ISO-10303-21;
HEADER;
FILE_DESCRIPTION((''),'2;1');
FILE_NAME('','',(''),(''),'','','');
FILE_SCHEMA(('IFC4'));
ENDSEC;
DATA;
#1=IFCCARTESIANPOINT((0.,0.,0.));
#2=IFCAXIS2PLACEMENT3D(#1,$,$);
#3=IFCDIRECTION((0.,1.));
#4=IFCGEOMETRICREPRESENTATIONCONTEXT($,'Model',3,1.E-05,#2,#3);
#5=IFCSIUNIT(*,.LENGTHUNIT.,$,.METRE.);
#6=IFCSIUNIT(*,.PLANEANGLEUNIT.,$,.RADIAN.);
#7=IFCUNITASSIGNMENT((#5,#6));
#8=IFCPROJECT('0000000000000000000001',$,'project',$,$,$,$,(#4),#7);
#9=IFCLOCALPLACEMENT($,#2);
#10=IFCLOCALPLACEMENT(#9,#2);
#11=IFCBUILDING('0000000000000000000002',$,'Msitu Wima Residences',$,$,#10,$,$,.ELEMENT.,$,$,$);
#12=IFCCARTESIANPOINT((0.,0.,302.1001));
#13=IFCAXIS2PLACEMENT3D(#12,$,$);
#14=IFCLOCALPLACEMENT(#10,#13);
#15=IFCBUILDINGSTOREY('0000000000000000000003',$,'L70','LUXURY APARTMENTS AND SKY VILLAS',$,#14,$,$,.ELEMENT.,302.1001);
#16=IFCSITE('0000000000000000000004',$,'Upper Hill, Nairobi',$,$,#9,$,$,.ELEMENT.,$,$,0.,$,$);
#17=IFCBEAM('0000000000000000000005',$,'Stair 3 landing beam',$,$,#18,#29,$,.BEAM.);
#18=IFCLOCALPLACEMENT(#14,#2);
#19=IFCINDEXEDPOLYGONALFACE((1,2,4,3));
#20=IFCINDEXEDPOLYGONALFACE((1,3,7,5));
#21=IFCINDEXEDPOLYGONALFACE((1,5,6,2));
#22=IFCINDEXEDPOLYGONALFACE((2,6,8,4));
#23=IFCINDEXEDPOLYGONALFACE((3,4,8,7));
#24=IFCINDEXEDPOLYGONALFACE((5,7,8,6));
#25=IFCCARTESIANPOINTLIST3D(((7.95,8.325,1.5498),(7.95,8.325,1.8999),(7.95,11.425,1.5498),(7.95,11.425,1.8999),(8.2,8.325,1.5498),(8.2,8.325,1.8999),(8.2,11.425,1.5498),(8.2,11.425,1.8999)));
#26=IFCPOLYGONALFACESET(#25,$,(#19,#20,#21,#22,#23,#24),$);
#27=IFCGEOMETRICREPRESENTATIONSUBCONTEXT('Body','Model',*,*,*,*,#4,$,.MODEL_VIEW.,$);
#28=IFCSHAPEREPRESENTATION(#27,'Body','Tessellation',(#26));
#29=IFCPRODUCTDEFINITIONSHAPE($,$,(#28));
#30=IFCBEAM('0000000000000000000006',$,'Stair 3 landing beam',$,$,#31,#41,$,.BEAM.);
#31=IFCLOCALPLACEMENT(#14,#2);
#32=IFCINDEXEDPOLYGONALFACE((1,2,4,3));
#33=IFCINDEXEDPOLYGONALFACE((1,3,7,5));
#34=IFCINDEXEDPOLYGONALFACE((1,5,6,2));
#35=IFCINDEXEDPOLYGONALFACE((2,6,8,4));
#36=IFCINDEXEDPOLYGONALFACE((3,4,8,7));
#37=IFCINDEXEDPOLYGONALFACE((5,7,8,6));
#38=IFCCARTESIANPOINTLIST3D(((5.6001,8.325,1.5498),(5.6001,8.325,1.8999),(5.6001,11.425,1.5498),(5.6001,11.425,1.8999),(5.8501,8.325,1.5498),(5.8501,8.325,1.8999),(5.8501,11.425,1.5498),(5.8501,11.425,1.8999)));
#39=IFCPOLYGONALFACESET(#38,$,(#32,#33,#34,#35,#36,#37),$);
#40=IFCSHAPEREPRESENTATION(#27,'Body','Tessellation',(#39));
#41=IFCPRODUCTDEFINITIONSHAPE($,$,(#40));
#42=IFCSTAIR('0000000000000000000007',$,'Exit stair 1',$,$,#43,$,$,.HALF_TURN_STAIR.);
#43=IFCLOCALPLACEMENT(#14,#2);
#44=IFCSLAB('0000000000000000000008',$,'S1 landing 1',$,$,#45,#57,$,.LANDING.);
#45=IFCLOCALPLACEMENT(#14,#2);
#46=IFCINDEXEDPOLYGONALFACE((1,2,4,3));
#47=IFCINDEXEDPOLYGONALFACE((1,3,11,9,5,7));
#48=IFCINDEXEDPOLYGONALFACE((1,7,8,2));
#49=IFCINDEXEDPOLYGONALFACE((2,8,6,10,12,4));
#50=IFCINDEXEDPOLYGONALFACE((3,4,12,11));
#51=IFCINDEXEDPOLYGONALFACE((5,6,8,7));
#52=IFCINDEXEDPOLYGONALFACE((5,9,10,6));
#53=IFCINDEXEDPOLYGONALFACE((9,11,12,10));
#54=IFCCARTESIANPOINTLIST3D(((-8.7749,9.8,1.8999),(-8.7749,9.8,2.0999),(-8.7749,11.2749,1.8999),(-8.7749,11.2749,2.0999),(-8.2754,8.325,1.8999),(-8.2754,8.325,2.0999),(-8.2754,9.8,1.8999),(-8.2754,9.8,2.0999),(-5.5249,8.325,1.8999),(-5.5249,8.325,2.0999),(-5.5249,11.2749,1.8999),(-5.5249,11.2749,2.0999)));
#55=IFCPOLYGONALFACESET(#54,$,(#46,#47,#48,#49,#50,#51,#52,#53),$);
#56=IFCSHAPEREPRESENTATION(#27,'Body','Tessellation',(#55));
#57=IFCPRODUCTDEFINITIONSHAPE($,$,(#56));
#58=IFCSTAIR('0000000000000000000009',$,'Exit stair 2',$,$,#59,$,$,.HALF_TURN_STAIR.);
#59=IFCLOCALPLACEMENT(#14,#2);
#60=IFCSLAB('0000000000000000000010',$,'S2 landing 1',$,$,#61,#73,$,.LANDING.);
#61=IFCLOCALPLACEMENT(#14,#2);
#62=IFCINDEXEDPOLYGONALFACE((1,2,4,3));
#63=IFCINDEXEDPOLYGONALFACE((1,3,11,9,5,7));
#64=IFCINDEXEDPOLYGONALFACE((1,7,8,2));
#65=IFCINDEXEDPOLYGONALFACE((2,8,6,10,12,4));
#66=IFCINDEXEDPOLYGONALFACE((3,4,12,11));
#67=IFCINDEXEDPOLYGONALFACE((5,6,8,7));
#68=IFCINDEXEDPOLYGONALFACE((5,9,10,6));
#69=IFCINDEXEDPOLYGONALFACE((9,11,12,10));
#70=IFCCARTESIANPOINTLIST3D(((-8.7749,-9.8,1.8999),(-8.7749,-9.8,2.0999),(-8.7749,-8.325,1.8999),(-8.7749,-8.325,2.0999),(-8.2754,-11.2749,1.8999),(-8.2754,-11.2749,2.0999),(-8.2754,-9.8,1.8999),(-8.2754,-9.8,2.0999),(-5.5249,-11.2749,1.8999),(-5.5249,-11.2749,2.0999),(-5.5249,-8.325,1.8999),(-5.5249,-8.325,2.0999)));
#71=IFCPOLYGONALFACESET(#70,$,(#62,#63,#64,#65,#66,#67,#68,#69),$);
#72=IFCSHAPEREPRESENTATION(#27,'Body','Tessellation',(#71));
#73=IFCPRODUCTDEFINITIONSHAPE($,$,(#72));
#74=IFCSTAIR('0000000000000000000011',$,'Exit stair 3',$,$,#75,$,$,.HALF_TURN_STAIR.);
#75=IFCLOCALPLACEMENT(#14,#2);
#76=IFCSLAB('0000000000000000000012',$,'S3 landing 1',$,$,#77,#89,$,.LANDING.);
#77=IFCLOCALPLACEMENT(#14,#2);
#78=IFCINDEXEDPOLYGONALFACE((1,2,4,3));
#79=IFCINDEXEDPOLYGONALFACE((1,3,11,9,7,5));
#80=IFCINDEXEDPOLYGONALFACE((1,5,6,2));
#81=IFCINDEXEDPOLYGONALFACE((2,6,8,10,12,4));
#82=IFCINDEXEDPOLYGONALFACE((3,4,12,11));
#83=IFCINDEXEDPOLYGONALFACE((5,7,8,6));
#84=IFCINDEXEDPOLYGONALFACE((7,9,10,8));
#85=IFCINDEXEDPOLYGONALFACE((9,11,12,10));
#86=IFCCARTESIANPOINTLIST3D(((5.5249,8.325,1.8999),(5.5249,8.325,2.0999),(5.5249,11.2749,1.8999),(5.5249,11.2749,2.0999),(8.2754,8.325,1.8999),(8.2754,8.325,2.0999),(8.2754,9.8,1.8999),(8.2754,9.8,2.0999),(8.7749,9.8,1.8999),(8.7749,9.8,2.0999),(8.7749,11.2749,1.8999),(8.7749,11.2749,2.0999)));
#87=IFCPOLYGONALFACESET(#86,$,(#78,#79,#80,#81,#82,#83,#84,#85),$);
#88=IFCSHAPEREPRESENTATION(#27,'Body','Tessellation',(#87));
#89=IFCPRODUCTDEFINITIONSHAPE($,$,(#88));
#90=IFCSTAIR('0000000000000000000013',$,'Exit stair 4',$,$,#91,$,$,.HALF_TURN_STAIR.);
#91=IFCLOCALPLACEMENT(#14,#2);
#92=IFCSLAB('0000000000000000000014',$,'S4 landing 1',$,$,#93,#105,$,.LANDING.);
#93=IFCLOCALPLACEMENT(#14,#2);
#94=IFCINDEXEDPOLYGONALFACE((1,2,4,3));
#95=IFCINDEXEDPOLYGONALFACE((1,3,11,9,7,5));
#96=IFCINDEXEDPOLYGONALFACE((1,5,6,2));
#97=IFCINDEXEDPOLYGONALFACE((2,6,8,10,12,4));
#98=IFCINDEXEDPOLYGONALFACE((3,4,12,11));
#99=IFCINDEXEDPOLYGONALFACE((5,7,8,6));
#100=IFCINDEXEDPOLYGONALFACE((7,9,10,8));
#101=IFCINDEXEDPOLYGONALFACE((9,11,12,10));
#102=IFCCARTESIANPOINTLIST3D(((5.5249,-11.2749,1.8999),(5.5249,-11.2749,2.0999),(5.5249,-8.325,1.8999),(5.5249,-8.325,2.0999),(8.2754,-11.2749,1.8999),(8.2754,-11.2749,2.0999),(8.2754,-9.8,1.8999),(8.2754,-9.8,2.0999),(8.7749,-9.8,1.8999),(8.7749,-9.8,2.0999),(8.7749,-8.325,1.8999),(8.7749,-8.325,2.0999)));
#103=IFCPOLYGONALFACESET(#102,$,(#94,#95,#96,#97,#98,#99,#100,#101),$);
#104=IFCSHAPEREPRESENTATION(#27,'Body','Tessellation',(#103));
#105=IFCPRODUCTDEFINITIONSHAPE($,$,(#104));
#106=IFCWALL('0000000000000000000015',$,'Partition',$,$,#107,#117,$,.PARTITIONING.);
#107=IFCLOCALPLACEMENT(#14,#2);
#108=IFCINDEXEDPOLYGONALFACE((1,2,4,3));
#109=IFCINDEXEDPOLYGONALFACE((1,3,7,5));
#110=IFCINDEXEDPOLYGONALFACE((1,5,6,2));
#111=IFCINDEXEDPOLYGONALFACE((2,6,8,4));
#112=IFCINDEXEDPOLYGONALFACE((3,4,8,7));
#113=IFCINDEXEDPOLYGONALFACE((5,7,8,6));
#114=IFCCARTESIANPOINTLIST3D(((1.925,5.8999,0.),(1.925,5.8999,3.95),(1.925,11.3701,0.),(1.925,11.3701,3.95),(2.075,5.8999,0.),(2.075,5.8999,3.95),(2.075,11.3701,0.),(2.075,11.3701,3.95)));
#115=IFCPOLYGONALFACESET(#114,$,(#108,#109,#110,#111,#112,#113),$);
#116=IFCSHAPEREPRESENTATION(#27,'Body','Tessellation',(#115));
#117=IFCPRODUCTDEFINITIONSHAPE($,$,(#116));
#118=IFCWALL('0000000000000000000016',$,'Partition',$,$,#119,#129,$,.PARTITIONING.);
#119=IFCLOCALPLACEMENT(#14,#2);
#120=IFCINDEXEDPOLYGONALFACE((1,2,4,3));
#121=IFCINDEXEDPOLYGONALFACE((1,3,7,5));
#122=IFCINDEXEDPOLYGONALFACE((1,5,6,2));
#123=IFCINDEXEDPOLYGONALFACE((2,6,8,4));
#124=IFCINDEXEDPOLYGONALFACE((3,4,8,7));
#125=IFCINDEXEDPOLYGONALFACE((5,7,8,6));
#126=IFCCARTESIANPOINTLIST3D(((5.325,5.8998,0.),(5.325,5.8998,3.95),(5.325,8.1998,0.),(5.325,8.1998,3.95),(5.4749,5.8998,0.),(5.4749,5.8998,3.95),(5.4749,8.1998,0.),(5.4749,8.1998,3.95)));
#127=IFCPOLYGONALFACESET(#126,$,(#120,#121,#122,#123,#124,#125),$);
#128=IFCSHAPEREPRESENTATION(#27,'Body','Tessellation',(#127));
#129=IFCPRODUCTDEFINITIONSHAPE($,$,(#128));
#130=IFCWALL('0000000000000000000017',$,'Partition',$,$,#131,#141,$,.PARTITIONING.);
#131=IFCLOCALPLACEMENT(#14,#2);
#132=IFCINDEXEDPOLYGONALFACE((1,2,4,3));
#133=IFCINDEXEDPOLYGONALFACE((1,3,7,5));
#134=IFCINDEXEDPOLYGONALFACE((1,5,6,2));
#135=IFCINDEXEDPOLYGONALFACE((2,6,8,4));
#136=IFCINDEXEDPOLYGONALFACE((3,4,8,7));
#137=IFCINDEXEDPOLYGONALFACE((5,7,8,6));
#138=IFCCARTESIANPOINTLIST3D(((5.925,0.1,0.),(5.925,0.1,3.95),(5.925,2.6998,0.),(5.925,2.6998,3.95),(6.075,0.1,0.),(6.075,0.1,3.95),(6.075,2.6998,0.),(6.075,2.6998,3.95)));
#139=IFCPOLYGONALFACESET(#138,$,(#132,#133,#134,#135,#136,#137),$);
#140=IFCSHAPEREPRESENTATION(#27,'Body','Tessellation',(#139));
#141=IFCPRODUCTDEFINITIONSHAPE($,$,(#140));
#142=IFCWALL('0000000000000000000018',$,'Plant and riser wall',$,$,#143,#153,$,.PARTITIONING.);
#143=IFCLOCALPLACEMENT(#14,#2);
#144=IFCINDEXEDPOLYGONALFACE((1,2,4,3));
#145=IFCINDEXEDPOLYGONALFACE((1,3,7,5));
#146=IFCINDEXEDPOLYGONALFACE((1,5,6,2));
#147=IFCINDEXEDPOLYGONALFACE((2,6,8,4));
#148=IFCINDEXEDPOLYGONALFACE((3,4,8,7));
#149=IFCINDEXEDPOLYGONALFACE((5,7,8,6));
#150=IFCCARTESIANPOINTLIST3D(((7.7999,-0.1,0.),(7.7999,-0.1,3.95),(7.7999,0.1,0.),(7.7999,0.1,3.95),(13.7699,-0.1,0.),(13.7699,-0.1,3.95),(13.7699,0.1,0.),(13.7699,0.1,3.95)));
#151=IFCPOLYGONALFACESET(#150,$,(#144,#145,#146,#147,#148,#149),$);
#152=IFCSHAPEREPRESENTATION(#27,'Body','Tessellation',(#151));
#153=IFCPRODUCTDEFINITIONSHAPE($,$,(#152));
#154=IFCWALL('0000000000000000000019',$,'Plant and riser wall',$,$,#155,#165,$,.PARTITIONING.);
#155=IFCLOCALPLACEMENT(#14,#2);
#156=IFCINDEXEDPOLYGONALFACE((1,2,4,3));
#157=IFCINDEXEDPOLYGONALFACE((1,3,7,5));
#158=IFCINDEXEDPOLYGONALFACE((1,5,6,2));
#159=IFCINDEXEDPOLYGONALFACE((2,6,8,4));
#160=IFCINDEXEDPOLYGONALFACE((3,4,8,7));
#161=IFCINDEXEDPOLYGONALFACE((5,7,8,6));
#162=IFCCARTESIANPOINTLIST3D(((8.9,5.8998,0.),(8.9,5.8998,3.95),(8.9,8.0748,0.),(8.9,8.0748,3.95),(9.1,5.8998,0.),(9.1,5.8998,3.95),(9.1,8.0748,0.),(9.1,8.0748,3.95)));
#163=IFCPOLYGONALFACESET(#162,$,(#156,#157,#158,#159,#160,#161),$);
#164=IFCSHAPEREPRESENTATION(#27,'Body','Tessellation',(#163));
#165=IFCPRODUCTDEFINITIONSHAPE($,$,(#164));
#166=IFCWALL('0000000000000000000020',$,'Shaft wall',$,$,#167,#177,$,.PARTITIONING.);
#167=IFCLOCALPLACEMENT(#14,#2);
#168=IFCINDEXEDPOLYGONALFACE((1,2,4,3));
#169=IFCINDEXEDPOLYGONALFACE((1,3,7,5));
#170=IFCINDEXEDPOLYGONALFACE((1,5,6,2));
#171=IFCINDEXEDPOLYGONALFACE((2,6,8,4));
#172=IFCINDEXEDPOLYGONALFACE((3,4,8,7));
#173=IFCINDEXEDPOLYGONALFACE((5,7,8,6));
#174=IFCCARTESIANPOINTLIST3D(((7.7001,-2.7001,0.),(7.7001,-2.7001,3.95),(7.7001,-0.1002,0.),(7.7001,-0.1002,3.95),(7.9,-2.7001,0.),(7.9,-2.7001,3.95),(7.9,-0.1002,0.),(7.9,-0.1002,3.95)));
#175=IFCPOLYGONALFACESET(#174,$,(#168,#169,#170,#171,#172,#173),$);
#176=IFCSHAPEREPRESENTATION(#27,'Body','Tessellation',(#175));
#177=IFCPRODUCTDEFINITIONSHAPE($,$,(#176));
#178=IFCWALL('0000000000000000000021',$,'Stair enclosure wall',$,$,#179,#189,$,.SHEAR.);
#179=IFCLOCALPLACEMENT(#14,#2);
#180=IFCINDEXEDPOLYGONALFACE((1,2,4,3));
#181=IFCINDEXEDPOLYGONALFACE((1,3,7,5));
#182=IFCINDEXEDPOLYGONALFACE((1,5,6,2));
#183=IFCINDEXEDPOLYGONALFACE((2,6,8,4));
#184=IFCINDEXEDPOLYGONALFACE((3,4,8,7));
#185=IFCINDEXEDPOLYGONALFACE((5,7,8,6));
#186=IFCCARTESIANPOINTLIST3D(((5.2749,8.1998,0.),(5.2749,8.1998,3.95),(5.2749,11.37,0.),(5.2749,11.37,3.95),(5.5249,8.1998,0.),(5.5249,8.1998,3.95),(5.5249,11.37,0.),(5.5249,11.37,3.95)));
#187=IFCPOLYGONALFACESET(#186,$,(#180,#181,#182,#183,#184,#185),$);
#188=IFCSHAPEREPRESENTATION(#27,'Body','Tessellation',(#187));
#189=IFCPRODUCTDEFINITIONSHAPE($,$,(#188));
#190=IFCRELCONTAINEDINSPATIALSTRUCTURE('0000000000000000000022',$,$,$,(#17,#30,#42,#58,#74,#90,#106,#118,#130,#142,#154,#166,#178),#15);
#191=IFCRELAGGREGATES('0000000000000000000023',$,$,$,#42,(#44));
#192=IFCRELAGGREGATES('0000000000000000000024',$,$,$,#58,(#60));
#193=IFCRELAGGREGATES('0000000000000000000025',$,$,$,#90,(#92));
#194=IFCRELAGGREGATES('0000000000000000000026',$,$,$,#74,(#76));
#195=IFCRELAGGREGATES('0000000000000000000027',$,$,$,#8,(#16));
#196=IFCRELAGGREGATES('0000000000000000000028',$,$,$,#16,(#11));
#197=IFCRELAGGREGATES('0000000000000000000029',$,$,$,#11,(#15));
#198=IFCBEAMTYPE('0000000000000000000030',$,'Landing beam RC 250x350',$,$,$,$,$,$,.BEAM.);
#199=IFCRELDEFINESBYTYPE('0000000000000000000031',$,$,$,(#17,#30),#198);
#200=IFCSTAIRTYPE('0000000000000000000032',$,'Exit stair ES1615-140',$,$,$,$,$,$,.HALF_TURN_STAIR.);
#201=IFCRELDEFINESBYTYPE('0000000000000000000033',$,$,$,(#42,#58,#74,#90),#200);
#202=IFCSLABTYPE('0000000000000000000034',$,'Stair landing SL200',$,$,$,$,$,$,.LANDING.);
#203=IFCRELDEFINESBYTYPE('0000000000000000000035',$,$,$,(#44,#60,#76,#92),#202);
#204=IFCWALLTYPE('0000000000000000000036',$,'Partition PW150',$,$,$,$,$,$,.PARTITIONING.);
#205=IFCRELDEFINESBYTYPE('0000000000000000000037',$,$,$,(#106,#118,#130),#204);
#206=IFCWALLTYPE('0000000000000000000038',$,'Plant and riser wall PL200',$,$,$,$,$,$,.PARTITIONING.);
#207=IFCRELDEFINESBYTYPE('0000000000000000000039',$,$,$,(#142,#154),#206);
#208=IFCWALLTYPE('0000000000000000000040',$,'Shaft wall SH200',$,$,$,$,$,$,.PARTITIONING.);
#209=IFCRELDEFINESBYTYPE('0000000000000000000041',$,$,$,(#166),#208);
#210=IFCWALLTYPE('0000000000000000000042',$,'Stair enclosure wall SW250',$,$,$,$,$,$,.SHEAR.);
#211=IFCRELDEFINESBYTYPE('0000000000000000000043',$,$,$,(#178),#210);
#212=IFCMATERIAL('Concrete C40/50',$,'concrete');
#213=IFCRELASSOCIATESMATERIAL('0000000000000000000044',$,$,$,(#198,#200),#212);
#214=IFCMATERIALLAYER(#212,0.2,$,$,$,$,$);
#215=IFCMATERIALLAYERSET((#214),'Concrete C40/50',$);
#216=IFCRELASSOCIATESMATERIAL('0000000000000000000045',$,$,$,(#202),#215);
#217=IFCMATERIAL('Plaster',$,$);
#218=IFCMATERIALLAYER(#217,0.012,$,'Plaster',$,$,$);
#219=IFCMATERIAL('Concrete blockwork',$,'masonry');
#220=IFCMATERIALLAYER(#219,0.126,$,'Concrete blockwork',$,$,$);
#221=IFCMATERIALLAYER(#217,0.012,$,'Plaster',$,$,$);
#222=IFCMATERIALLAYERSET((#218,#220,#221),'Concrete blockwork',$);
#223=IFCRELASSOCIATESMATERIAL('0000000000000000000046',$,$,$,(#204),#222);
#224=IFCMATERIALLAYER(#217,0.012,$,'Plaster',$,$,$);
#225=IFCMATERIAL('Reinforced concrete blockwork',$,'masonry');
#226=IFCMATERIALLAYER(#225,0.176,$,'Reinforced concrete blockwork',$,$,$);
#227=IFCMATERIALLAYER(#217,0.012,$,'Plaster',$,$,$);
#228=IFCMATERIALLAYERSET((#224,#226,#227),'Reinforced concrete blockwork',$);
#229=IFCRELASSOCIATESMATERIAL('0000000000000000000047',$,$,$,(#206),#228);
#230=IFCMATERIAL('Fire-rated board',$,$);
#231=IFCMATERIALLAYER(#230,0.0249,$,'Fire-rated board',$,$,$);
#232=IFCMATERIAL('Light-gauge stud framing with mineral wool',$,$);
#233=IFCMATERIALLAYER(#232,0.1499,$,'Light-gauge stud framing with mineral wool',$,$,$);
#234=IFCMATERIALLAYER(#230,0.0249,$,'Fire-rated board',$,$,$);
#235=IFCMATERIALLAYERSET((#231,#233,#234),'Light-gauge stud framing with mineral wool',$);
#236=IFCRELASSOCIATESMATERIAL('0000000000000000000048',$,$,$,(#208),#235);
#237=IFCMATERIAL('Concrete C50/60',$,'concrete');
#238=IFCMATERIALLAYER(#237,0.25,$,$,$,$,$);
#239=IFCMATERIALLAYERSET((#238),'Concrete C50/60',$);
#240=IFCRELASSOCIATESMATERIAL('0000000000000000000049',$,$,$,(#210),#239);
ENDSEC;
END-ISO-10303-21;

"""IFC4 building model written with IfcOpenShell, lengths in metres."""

from ifc_helpers import new_model, si_unit, direction, frame, frame_2d, origin, origin_2d, place, context, subcontext, project, spatial, polyline, rectangle, outline, extrude, material, layer, layer_set, material_profile, profile_set, type_object, element, aggregate, save


model = new_model("IFC4")

# Units and contexts
model_context = context("Model", 3, precision=1e-05, world=origin(), true_north=direction((0.0, 1.0)))
body_context = subcontext(model_context, "Body", "Model", "MODEL_VIEW")
ifc_project = project(units=[si_unit("LENGTHUNIT", "METRE"), si_unit("PLANEANGLEUNIT", "RADIAN")], contexts=[model_context])

# Site, building, storey
site_placement = place(None, origin())
site = spatial("IfcSite", under=ifc_project, at=site_placement, Name="Upper Hill, Nairobi", CompositionType="ELEMENT", RefElevation=0.0)
building_placement = place(site_placement, origin())
building = spatial("IfcBuilding", under=site, at=building_placement, Name="Msitu Wima Residences", CompositionType="ELEMENT")
storey_placement = place(building_placement, frame((0.0, 0.0, 302.1001)))
storey = spatial("IfcBuildingStorey", under=building, at=storey_placement, Name="L70", Description="LUXURY APARTMENTS AND SKY VILLAS", CompositionType="ELEMENT", Elevation=302.1001)

# Beams
ifc_material_1 = material(Name="Concrete C40/50", Category="concrete")
ifc_material_profile = material_profile(ifc_material_1, rectangle(XDim=0.25, YDim=0.3501, at=origin_2d()), Name="RC 250x350")
ifc_profile_set = profile_set([ifc_material_profile], Name="Concrete C40/50")
beam_type = type_object("IfcBeamType", Name="Landing beam RC 250x350", PredefinedType="BEAM", material=ifc_profile_set)
for number, where, z_axis, x_axis, name in (
    (1, (8.075, 8.325, 1.7249), (0.0, 1.0, 0.0), (-1.0, 0.0, 0.0), "Stair 3 landing beam"),
    (2, (5.7251, 8.325, 1.7249), (0.0, 1.0, 0.0), (-1.0, 0.0, 0.0), "Stair 3 landing beam"),
):
    element("IfcBeam", number, at=place(storey_placement, frame(where, z_axis=z_axis, x_axis=x_axis)), inside=storey, type_object=beam_type, Name=name, PredefinedType="BEAM", context=body_context, shape_type="SweptSolid", body=[
        extrude(rectangle(XDim=0.25, YDim=0.3501, at=origin_2d()), origin(), (0.0, 0.0, 1.0), 3.1001),
    ])

# Stairs, slabs
stair_type = type_object("IfcStairType", Name="Exit stair ES1615-140", PredefinedType="HALF_TURN_STAIR", material=ifc_material_1)
stair_1_placement = place(storey_placement, origin())
stair_1 = element("IfcStair", 3, at=stair_1_placement, inside=storey, type_object=stair_type, Name="Exit stair 1", PredefinedType="HALF_TURN_STAIR")
ifc_layer_1 = layer(ifc_material_1, 0.2)
ifc_layer_set_1 = layer_set([ifc_layer_1], Name="Concrete C40/50")
slab_type = type_object("IfcSlabType", Name="Stair landing SL200", PredefinedType="LANDING", material=ifc_layer_set_1)
slab_1_placement = place(storey_placement, frame((0.0, 0.0, 1.8999)))
slab_1 = element("IfcSlab", 4, at=slab_1_placement, type_object=slab_type, Name="S1 landing 1", PredefinedType="LANDING", context=body_context, shape_type="SweptSolid", body=[
    extrude(outline(polyline([(-5.5249, 8.325), (-8.2754, 8.325), (-8.2754, 9.8), (-8.7749, 9.8), (-8.7749, 11.2749), (-5.5249, 11.2749), (-5.5249, 8.325)])), origin(), (0.0, 0.0, 1.0), 0.2),
])
aggregate(stair_1, [slab_1])
stair_2_placement = place(storey_placement, origin())
stair_2 = element("IfcStair", 5, at=stair_2_placement, inside=storey, type_object=stair_type, Name="Exit stair 2", PredefinedType="HALF_TURN_STAIR")
slab_2_placement = place(storey_placement, frame((0.0, 0.0, 1.8999)))
slab_2 = element("IfcSlab", 6, at=slab_2_placement, type_object=slab_type, Name="S2 landing 1", PredefinedType="LANDING", context=body_context, shape_type="SweptSolid", body=[
    extrude(outline(polyline([(-5.5249, -11.2749), (-8.2754, -11.2749), (-8.2754, -9.8), (-8.7749, -9.8), (-8.7749, -8.325), (-5.5249, -8.325), (-5.5249, -11.2749)])), origin(), (0.0, 0.0, 1.0), 0.2),
])
aggregate(stair_2, [slab_2])
stair_3_placement = place(storey_placement, origin())
stair_3 = element("IfcStair", 7, at=stair_3_placement, inside=storey, type_object=stair_type, Name="Exit stair 3", PredefinedType="HALF_TURN_STAIR")
slab_3_placement = place(storey_placement, frame((0.0, 0.0, 1.8999)))
slab_3 = element("IfcSlab", 8, at=slab_3_placement, type_object=slab_type, Name="S3 landing 1", PredefinedType="LANDING", context=body_context, shape_type="SweptSolid", body=[
    extrude(outline(polyline([(5.5249, 8.325), (8.2754, 8.325), (8.2754, 9.8), (8.7749, 9.8), (8.7749, 11.2749), (5.5249, 11.2749), (5.5249, 8.325)])), origin(), (0.0, 0.0, 1.0), 0.2),
])
stair_4_placement = place(storey_placement, origin())
stair_4 = element("IfcStair", 9, at=stair_4_placement, inside=storey, type_object=stair_type, Name="Exit stair 4", PredefinedType="HALF_TURN_STAIR")
slab_4_placement = place(storey_placement, frame((0.0, 0.0, 1.8999)))
slab_4 = element("IfcSlab", 10, at=slab_4_placement, type_object=slab_type, Name="S4 landing 1", PredefinedType="LANDING", context=body_context, shape_type="SweptSolid", body=[
    extrude(outline(polyline([(5.5249, -11.2749), (8.2754, -11.2749), (8.2754, -9.8), (8.7749, -9.8), (8.7749, -8.325), (5.5249, -8.325), (5.5249, -11.2749)])), origin(), (0.0, 0.0, 1.0), 0.2),
])
aggregate(stair_4, [slab_4])

# Walls
ifc_material_2 = material(Name="Plaster")
ifc_layer_2 = layer(ifc_material_2, 0.012, Name="Plaster")
ifc_material_3 = material(Name="Concrete blockwork", Category="masonry")
ifc_layer_3 = layer(ifc_material_3, 0.126, Name="Concrete blockwork")
ifc_layer_4 = layer(ifc_material_2, 0.012, Name="Plaster")
ifc_layer_set_2 = layer_set([ifc_layer_2, ifc_layer_3, ifc_layer_4], Name="Concrete blockwork")
wall_type_1 = type_object("IfcWallType", Name="Partition PW150", PredefinedType="PARTITIONING", material=ifc_layer_set_2)
wall_1_placement = place(storey_placement, frame((2.0, 5.8999, 0.0), z_axis=(0.0, 0.0, 1.0), x_axis=(0.0, 1.0, 0.0)))
element("IfcWall", 11, at=wall_1_placement, inside=storey, type_object=wall_type_1, Name="Partition", PredefinedType="PARTITIONING", context=body_context, shape_type="SweptSolid", body=[
    extrude(rectangle(XDim=5.4702, YDim=0.1499, at=frame_2d((2.7351, 0.0))), origin(), (0.0, 0.0, 1.0), 3.95),
])
wall_2_placement = place(storey_placement, frame((5.3999, 5.8999, 0.0), z_axis=(0.0, 0.0, 1.0), x_axis=(0.0, 1.0, 0.0)))
element("IfcWall", 12, at=wall_2_placement, inside=storey, type_object=wall_type_1, Name="Partition", PredefinedType="PARTITIONING", context=body_context, shape_type="SweptSolid", body=[
    extrude(rectangle(XDim=2.3, YDim=0.1499, at=frame_2d((1.1499, 0.0))), origin(), (0.0, 0.0, 1.0), 3.95),
])
wall_3_placement = place(storey_placement, frame((6.0, 0.1001, 0.0), z_axis=(0.0, 0.0, 1.0), x_axis=(0.0, 1.0, 0.0)))
element("IfcWall", 13, at=wall_3_placement, inside=storey, type_object=wall_type_1, Name="Partition", PredefinedType="PARTITIONING", context=body_context, shape_type="SweptSolid", body=[
    extrude(rectangle(XDim=2.5999, YDim=0.1499, at=frame_2d((1.2998, 0.0))), origin(), (0.0, 0.0, 1.0), 3.95),
])
ifc_layer_5 = layer(ifc_material_2, 0.012, Name="Plaster")
ifc_material_4 = material(Name="Reinforced concrete blockwork", Category="masonry")
ifc_layer_6 = layer(ifc_material_4, 0.176, Name="Reinforced concrete blockwork")
ifc_layer_7 = layer(ifc_material_2, 0.012, Name="Plaster")
ifc_layer_set_3 = layer_set([ifc_layer_5, ifc_layer_6, ifc_layer_7], Name="Reinforced concrete blockwork")
wall_type_2 = type_object("IfcWallType", Name="Plant and riser wall PL200", PredefinedType="PARTITIONING", material=ifc_layer_set_3)
wall_4_placement = place(storey_placement, frame((7.8, 0.0, 0.0), z_axis=(0.0, 0.0, 1.0), x_axis=(1.0, 0.0, 0.0)))
element("IfcWall", 14, at=wall_4_placement, inside=storey, type_object=wall_type_2, Name="Plant and riser wall", PredefinedType="PARTITIONING", context=body_context, shape_type="SweptSolid", body=[
    extrude(rectangle(XDim=5.97, YDim=0.2, at=frame_2d((2.9849, 0.0))), origin(), (0.0, 0.0, 1.0), 3.95),
])
wall_5_placement = place(storey_placement, frame((9.0, 5.8999, 0.0), z_axis=(0.0, 0.0, 1.0), x_axis=(0.0, 1.0, 0.0)))
element("IfcWall", 15, at=wall_5_placement, inside=storey, type_object=wall_type_2, Name="Plant and riser wall", PredefinedType="PARTITIONING", context=body_context, shape_type="SweptSolid", body=[
    extrude(rectangle(XDim=2.175, YDim=0.2, at=frame_2d((1.0874, 0.0))), origin(), (0.0, 0.0, 1.0), 3.95),
])
ifc_material_5 = material(Name="Fire-rated board")
ifc_layer_8 = layer(ifc_material_5, 0.0249, Name="Fire-rated board")
ifc_material_6 = material(Name="Light-gauge stud framing with mineral wool")
ifc_layer_9 = layer(ifc_material_6, 0.1499, Name="Light-gauge stud framing with mineral wool")
ifc_layer_10 = layer(ifc_material_5, 0.0249, Name="Fire-rated board")
ifc_layer_set_4 = layer_set([ifc_layer_8, ifc_layer_9, ifc_layer_10], Name="Light-gauge stud framing with mineral wool")
wall_type_3 = type_object("IfcWallType", Name="Shaft wall SH200", PredefinedType="PARTITIONING", material=ifc_layer_set_4)
wall_6_placement = place(storey_placement, frame((7.8, -2.7, 0.0), z_axis=(0.0, 0.0, 1.0), x_axis=(0.0, 1.0, 0.0)))
element("IfcWall", 16, at=wall_6_placement, inside=storey, type_object=wall_type_3, Name="Shaft wall", PredefinedType="PARTITIONING", context=body_context, shape_type="SweptSolid", body=[
    extrude(rectangle(XDim=2.5999, YDim=0.2, at=frame_2d((1.2998, 0.0))), origin(), (0.0, 0.0, 1.0), 3.95),
])
ifc_material_7 = material(Name="Concrete C50/60", Category="concrete")
ifc_layer_11 = layer(ifc_material_7, 0.25)
ifc_layer_set_5 = layer_set([ifc_layer_11], Name="Concrete C50/60")
wall_type_4 = type_object("IfcWallType", Name="Stair enclosure wall SW250", PredefinedType="SHEAR", material=ifc_layer_set_5)
wall_7_placement = place(storey_placement, frame((5.3999, 8.2, 0.0), z_axis=(0.0, 0.0, 1.0), x_axis=(0.0, 1.0, 0.0)))
element("IfcWall", 17, at=wall_7_placement, inside=storey, type_object=wall_type_4, Name="Stair enclosure wall", PredefinedType="SHEAR", context=body_context, shape_type="SweptSolid", body=[
    extrude(rectangle(XDim=3.1702, YDim=0.25, at=frame_2d((1.585, 0.0))), origin(), (0.0, 0.0, 1.0), 3.95),
])

aggregate(stair_3, [slab_3])

save(model, "model.ifc")
